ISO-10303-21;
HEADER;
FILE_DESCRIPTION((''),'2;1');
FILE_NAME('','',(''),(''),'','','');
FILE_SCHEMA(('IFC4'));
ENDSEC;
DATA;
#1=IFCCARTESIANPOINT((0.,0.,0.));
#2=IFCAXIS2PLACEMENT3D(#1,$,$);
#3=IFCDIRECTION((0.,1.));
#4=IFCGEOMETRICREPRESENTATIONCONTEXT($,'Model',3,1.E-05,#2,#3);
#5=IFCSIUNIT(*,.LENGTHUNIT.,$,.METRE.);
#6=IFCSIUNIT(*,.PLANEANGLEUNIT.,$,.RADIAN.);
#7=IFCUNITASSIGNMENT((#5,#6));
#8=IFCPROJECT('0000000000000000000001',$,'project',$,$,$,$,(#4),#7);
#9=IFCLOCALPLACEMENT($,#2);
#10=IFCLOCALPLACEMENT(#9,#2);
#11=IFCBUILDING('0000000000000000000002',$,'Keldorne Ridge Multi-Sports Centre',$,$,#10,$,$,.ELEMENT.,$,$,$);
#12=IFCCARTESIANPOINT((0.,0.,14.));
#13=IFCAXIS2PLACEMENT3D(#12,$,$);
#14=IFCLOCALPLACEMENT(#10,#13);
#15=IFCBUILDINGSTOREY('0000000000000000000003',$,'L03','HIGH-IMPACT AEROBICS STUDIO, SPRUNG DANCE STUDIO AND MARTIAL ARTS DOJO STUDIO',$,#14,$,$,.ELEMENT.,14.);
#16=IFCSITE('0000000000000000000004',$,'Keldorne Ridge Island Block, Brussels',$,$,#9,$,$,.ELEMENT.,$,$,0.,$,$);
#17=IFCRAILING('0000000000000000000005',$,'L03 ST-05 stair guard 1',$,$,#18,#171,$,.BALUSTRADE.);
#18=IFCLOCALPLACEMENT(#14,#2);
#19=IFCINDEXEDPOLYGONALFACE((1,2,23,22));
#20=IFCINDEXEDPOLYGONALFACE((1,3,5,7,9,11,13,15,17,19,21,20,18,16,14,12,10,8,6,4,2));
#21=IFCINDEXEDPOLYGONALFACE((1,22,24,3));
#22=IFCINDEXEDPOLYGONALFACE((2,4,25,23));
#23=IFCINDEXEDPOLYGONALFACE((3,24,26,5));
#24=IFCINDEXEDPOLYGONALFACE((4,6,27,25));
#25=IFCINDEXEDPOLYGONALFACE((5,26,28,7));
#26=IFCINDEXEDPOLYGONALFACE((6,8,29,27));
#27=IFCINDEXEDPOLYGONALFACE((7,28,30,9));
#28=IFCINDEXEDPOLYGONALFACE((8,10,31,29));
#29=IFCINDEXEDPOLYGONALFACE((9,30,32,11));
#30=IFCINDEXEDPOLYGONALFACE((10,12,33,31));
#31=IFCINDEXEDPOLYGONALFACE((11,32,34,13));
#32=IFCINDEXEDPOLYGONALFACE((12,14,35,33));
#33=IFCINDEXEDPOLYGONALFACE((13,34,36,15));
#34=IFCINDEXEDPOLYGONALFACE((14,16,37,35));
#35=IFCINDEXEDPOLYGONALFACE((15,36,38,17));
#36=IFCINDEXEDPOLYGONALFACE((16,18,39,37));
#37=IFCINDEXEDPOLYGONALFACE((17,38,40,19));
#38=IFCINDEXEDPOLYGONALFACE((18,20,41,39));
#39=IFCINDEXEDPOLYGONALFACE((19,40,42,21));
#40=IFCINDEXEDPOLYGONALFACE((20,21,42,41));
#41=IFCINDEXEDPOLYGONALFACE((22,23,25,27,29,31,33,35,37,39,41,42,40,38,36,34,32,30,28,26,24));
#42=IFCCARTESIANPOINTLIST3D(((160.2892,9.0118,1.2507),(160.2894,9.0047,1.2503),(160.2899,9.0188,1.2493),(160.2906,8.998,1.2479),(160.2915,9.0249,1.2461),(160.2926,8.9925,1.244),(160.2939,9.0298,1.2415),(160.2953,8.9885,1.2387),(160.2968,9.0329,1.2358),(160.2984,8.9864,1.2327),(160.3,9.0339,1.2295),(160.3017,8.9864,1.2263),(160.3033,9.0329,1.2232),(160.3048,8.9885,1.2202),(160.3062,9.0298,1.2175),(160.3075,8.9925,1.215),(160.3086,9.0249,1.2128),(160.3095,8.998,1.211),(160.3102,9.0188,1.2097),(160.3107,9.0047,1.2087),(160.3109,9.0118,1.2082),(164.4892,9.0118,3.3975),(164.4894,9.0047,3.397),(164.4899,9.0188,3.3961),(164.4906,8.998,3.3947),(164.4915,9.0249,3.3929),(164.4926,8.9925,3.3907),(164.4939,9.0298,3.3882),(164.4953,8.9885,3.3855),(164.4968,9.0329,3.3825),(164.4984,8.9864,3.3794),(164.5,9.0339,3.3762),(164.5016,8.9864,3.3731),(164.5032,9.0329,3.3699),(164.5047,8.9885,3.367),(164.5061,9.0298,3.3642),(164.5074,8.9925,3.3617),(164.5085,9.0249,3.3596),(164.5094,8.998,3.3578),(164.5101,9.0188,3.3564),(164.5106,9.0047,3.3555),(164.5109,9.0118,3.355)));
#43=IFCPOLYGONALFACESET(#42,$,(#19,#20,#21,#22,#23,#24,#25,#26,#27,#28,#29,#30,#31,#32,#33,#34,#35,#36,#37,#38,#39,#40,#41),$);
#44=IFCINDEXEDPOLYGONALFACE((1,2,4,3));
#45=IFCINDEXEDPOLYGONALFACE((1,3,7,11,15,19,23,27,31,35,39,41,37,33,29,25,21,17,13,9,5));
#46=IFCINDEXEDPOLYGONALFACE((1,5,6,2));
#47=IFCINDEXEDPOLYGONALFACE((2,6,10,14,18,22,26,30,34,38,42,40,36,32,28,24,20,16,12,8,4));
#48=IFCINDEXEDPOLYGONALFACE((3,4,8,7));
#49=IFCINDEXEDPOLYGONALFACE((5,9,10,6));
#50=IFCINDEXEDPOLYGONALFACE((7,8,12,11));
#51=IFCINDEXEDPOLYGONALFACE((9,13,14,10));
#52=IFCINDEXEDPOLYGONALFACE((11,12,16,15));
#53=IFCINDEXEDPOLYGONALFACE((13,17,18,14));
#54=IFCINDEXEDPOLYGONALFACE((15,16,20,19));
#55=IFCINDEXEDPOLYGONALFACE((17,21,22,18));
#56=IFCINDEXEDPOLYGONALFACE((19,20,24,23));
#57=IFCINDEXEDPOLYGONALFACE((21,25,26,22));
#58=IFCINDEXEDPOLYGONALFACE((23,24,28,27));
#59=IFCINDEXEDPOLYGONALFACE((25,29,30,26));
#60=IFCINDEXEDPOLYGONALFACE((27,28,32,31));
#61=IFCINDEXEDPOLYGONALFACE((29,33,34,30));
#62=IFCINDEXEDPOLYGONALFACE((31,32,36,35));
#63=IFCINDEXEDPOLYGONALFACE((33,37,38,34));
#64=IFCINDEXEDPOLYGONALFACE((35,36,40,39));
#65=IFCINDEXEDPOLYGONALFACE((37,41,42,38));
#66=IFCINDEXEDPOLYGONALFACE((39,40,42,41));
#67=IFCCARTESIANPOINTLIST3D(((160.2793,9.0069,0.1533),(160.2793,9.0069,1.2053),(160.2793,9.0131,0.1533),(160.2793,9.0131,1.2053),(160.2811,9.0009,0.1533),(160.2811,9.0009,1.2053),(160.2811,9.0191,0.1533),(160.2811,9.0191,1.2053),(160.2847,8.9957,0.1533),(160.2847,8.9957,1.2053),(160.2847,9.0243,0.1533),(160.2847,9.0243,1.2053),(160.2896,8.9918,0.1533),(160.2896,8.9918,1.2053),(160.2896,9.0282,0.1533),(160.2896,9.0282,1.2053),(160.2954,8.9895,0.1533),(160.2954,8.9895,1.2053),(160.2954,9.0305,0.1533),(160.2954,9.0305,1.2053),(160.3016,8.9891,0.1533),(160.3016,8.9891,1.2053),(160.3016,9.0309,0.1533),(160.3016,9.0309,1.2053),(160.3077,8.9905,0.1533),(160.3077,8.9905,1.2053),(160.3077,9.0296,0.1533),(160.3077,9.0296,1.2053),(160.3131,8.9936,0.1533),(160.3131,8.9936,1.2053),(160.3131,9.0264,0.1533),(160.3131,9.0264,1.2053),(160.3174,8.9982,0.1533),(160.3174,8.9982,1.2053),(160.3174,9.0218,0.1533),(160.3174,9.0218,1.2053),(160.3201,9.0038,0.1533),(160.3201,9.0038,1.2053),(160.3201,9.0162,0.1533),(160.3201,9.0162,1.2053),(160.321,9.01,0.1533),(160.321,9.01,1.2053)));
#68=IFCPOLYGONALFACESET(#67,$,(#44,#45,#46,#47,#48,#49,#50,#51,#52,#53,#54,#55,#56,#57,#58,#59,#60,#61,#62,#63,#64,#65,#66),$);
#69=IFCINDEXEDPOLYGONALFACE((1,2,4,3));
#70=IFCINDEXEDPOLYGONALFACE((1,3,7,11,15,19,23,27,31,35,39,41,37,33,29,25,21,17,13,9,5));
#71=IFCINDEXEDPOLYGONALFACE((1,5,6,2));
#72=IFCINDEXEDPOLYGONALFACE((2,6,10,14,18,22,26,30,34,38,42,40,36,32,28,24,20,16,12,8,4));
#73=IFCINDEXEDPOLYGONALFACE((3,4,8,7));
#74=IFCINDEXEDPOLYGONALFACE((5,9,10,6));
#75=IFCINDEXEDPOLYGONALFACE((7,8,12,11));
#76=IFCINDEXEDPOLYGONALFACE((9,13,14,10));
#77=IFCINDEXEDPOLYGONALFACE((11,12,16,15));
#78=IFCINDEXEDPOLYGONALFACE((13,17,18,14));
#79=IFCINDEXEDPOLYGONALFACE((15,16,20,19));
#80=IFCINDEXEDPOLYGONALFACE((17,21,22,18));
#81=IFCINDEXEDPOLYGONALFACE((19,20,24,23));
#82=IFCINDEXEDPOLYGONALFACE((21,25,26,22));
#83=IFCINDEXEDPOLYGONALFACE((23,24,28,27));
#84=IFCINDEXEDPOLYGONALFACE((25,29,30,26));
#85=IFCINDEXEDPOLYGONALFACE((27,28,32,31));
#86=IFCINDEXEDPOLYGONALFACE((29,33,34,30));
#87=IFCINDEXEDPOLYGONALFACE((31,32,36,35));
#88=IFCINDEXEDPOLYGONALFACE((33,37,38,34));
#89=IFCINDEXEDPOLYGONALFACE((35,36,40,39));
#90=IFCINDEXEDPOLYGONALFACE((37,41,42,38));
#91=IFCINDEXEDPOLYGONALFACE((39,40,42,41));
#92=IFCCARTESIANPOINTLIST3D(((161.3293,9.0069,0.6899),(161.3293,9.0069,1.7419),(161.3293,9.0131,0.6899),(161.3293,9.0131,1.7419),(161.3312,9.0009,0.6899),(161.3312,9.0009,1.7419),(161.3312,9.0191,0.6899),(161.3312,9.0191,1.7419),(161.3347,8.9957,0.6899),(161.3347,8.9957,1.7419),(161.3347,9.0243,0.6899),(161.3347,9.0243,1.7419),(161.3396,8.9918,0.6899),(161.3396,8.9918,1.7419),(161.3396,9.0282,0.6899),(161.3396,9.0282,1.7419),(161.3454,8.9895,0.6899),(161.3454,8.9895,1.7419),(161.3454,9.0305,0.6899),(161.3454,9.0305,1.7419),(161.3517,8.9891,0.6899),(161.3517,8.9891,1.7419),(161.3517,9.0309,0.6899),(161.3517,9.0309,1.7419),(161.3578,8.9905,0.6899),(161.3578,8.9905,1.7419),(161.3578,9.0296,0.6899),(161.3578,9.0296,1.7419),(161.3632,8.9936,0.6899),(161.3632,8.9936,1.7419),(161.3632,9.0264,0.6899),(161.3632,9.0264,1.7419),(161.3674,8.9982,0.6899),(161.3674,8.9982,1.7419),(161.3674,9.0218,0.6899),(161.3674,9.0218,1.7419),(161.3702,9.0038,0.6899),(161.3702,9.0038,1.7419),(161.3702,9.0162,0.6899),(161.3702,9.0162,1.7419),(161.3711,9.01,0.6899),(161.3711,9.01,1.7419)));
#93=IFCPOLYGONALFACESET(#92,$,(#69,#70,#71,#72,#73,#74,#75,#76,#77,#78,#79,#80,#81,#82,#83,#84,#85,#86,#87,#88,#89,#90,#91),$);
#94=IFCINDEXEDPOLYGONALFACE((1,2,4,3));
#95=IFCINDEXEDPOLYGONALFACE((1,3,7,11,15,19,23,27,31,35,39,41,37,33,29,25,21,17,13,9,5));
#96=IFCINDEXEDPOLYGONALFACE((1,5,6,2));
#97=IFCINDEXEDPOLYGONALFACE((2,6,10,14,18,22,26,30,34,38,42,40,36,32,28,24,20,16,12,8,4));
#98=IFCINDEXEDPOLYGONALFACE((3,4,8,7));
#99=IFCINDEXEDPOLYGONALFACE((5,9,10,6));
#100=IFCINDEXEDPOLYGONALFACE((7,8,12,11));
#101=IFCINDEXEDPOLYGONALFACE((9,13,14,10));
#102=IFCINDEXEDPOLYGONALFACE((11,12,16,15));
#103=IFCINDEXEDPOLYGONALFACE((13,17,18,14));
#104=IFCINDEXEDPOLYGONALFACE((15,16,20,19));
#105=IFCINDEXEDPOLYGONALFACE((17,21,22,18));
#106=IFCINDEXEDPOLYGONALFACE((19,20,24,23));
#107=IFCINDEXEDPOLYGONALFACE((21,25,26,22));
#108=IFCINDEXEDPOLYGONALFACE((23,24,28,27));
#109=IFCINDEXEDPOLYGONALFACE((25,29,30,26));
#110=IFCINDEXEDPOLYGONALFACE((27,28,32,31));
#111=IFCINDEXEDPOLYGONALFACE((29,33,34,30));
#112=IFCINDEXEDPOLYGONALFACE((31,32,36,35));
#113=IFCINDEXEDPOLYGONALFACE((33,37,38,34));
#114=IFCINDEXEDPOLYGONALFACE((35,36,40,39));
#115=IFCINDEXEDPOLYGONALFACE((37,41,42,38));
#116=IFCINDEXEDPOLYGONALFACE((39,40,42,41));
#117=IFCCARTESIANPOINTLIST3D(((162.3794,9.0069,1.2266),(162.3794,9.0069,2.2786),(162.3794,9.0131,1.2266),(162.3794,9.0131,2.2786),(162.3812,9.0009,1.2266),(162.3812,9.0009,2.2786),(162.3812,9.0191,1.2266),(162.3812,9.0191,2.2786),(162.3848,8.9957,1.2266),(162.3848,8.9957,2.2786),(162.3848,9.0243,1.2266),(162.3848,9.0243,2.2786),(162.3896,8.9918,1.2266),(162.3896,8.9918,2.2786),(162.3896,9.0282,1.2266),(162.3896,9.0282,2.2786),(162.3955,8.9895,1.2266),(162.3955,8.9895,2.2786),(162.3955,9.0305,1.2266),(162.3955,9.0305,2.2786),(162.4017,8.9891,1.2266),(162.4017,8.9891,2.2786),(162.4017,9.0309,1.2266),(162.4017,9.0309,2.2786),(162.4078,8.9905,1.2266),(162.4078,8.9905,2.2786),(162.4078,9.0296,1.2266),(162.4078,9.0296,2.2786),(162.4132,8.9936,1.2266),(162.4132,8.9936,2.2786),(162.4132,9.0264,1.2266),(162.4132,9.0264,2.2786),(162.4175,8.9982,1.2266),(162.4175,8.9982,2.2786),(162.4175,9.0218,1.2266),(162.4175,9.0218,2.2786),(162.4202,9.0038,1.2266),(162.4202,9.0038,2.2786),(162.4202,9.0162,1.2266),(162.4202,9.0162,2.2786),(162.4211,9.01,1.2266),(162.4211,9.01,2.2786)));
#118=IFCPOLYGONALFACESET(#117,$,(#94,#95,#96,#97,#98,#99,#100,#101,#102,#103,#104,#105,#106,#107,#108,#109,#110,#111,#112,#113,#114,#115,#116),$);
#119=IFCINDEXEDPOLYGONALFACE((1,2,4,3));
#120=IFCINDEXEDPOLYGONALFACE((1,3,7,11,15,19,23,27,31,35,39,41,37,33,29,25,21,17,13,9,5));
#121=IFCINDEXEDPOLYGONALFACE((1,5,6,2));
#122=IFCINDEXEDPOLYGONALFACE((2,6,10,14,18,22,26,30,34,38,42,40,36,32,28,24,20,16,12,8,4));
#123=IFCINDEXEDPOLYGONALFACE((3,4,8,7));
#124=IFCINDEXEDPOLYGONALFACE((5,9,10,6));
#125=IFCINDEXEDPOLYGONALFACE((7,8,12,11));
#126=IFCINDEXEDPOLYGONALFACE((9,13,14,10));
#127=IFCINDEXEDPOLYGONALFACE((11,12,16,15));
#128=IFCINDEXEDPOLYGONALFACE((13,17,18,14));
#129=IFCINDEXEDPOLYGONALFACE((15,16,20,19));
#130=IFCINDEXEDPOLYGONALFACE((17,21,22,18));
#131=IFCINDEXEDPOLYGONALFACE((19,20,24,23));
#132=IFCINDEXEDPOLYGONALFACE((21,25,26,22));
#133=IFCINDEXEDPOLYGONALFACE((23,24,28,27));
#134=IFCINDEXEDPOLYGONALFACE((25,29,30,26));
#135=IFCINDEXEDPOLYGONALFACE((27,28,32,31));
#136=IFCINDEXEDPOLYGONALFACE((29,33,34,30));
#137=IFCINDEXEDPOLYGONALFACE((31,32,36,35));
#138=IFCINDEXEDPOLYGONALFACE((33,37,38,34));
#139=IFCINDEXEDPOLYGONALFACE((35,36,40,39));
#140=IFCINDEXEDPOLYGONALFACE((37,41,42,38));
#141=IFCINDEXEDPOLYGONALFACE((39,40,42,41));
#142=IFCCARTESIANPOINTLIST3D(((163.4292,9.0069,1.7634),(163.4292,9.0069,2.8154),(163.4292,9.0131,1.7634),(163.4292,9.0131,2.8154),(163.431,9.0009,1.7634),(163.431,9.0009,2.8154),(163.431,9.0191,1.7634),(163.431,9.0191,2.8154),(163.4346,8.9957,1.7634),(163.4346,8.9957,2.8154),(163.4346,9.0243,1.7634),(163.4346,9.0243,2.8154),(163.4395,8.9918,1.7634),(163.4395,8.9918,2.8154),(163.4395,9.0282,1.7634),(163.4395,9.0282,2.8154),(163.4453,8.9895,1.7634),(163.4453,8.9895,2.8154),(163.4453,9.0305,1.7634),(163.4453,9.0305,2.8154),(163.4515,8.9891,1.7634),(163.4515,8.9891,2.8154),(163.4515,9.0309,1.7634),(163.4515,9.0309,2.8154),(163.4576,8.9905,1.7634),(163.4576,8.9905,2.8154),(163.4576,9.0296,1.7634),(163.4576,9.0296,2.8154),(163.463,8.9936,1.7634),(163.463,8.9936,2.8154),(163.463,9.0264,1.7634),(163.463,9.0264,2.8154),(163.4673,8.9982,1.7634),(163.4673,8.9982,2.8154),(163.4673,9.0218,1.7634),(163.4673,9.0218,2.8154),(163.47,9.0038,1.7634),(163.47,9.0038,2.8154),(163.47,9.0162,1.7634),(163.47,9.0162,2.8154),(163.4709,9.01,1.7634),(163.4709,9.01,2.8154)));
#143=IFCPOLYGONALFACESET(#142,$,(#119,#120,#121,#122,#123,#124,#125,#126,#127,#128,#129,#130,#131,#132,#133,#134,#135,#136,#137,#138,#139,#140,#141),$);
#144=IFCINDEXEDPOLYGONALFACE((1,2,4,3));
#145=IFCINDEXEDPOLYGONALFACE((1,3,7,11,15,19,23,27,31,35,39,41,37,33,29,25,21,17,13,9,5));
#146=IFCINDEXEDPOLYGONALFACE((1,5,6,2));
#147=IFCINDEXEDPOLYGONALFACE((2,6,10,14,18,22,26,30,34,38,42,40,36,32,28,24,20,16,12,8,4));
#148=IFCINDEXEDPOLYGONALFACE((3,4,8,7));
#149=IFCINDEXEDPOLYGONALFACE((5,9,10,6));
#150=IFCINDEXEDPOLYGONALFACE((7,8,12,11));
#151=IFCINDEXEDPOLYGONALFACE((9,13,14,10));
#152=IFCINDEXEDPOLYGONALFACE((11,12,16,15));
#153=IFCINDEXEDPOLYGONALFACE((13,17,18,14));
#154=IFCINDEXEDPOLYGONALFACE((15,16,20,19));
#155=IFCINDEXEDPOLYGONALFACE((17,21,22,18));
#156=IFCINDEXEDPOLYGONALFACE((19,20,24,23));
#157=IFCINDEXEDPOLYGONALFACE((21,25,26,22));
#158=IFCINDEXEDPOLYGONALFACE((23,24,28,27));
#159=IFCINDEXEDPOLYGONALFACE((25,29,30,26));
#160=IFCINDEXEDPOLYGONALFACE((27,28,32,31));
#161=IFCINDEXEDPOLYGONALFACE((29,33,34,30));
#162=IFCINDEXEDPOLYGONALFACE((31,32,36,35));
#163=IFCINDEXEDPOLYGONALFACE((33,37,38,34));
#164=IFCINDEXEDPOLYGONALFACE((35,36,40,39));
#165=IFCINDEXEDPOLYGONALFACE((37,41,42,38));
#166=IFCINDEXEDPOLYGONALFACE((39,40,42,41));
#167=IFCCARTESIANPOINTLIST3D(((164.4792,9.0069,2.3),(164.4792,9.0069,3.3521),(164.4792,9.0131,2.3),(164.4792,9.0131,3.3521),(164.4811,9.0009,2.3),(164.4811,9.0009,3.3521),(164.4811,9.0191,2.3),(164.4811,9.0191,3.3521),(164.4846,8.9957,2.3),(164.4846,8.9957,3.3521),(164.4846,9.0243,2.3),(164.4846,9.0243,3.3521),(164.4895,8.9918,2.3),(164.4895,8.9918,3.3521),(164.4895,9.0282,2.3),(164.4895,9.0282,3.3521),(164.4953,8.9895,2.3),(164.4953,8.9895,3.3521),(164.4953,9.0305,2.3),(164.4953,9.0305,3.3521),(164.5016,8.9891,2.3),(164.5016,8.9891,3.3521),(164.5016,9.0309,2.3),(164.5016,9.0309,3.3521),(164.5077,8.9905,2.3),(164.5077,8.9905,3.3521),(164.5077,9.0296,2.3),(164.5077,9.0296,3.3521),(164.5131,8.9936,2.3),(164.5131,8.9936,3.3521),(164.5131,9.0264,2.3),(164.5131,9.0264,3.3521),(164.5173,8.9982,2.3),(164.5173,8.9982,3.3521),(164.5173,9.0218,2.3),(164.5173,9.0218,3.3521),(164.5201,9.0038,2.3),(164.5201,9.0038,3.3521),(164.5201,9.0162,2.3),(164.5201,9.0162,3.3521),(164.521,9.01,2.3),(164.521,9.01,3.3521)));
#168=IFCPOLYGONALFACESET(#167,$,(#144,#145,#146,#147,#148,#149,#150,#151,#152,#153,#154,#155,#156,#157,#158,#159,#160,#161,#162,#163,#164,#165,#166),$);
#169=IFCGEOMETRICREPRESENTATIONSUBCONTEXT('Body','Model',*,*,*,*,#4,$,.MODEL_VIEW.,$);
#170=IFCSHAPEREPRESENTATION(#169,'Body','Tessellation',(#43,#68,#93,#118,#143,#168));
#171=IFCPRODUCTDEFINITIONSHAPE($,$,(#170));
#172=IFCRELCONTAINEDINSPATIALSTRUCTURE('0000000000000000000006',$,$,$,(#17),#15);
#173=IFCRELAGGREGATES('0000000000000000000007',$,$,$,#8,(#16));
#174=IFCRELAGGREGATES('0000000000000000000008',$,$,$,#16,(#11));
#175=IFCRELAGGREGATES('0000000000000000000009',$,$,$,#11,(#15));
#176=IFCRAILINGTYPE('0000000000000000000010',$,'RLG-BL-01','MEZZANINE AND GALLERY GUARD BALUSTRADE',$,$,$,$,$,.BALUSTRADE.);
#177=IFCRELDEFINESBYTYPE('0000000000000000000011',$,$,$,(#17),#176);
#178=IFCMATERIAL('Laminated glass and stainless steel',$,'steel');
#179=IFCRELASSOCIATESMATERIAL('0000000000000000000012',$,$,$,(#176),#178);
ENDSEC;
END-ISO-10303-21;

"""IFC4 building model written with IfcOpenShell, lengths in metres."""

from ifc_helpers import new_model, si_unit, direction, frame, origin, origin_2d, place, context, subcontext, project, spatial, circle, extrude, material, type_object, element, save


model = new_model("IFC4")

# Units and contexts
model_context = context("Model", 3, precision=1e-05, world=origin(), true_north=direction((0.0, 1.0)))
body_context = subcontext(model_context, "Body", "Model", "MODEL_VIEW")
ifc_project = project(units=[si_unit("LENGTHUNIT", "METRE"), si_unit("PLANEANGLEUNIT", "RADIAN")], contexts=[model_context])

# Site, building, storey
site_placement = place(None, origin())
site = spatial("IfcSite", under=ifc_project, at=site_placement, Name="Keldorne Ridge Island Block, Brussels", CompositionType="ELEMENT", RefElevation=0.0)
building_placement = place(site_placement, origin())
building = spatial("IfcBuilding", under=site, at=building_placement, Name="Keldorne Ridge Multi-Sports Centre", CompositionType="ELEMENT")
storey_placement = place(building_placement, frame((0.0, 0.0, 14.0)))
storey = spatial("IfcBuildingStorey", under=building, at=storey_placement, Name="L03", Description="HIGH-IMPACT AEROBICS STUDIO, SPRUNG DANCE STUDIO AND MARTIAL ARTS DOJO STUDIO", CompositionType="ELEMENT", Elevation=14.0)

# Railing
ifc_material_1 = material(Name="Laminated glass and stainless steel", Category="steel")
railing_type_1 = type_object("IfcRailingType", Name="RLG-BL-01", Description="MEZZANINE AND GALLERY GUARD BALUSTRADE", PredefinedType="BALUSTRADE", material=ifc_material_1)
railing_1_placement = place(storey_placement, frame((160.3, 9.01, 0.1533)))
element("IfcRailing", 1, at=railing_1_placement, inside=storey, type_object=railing_type_1, Name="L03 ST-05 stair guard 1", PredefinedType="BALUSTRADE", context=body_context, shape_type="SweptSolid", body=[
    extrude(circle(Radius=0.0239, at=origin_2d()), frame((0.0, 0.0, 1.0762), z_axis=(0.890427, 0.0, 0.455126), x_axis=(0.0, 1.0, 0.0)), (0.0, 0.0, 1.0), 4.7168),
    extrude(circle(Radius=0.021, at=origin_2d()), origin(), (0.0, 0.0, 1.0), 1.052),
    extrude(circle(Radius=0.021, at=origin_2d()), frame((1.05, 0.0, 0.5366)), (0.0, 0.0, 1.0), 1.052),
    extrude(circle(Radius=0.021, at=origin_2d()), frame((2.1001, 0.0, 1.0732)), (0.0, 0.0, 1.0), 1.052),
    extrude(circle(Radius=0.021, at=origin_2d()), frame((3.1499, 0.0, 1.6101)), (0.0, 0.0, 1.0), 1.052),
    extrude(circle(Radius=0.021, at=origin_2d()), frame((4.2, 0.0, 2.1467)), (0.0, 0.0, 1.0), 1.052),
])

save(model, "model.ifc")
